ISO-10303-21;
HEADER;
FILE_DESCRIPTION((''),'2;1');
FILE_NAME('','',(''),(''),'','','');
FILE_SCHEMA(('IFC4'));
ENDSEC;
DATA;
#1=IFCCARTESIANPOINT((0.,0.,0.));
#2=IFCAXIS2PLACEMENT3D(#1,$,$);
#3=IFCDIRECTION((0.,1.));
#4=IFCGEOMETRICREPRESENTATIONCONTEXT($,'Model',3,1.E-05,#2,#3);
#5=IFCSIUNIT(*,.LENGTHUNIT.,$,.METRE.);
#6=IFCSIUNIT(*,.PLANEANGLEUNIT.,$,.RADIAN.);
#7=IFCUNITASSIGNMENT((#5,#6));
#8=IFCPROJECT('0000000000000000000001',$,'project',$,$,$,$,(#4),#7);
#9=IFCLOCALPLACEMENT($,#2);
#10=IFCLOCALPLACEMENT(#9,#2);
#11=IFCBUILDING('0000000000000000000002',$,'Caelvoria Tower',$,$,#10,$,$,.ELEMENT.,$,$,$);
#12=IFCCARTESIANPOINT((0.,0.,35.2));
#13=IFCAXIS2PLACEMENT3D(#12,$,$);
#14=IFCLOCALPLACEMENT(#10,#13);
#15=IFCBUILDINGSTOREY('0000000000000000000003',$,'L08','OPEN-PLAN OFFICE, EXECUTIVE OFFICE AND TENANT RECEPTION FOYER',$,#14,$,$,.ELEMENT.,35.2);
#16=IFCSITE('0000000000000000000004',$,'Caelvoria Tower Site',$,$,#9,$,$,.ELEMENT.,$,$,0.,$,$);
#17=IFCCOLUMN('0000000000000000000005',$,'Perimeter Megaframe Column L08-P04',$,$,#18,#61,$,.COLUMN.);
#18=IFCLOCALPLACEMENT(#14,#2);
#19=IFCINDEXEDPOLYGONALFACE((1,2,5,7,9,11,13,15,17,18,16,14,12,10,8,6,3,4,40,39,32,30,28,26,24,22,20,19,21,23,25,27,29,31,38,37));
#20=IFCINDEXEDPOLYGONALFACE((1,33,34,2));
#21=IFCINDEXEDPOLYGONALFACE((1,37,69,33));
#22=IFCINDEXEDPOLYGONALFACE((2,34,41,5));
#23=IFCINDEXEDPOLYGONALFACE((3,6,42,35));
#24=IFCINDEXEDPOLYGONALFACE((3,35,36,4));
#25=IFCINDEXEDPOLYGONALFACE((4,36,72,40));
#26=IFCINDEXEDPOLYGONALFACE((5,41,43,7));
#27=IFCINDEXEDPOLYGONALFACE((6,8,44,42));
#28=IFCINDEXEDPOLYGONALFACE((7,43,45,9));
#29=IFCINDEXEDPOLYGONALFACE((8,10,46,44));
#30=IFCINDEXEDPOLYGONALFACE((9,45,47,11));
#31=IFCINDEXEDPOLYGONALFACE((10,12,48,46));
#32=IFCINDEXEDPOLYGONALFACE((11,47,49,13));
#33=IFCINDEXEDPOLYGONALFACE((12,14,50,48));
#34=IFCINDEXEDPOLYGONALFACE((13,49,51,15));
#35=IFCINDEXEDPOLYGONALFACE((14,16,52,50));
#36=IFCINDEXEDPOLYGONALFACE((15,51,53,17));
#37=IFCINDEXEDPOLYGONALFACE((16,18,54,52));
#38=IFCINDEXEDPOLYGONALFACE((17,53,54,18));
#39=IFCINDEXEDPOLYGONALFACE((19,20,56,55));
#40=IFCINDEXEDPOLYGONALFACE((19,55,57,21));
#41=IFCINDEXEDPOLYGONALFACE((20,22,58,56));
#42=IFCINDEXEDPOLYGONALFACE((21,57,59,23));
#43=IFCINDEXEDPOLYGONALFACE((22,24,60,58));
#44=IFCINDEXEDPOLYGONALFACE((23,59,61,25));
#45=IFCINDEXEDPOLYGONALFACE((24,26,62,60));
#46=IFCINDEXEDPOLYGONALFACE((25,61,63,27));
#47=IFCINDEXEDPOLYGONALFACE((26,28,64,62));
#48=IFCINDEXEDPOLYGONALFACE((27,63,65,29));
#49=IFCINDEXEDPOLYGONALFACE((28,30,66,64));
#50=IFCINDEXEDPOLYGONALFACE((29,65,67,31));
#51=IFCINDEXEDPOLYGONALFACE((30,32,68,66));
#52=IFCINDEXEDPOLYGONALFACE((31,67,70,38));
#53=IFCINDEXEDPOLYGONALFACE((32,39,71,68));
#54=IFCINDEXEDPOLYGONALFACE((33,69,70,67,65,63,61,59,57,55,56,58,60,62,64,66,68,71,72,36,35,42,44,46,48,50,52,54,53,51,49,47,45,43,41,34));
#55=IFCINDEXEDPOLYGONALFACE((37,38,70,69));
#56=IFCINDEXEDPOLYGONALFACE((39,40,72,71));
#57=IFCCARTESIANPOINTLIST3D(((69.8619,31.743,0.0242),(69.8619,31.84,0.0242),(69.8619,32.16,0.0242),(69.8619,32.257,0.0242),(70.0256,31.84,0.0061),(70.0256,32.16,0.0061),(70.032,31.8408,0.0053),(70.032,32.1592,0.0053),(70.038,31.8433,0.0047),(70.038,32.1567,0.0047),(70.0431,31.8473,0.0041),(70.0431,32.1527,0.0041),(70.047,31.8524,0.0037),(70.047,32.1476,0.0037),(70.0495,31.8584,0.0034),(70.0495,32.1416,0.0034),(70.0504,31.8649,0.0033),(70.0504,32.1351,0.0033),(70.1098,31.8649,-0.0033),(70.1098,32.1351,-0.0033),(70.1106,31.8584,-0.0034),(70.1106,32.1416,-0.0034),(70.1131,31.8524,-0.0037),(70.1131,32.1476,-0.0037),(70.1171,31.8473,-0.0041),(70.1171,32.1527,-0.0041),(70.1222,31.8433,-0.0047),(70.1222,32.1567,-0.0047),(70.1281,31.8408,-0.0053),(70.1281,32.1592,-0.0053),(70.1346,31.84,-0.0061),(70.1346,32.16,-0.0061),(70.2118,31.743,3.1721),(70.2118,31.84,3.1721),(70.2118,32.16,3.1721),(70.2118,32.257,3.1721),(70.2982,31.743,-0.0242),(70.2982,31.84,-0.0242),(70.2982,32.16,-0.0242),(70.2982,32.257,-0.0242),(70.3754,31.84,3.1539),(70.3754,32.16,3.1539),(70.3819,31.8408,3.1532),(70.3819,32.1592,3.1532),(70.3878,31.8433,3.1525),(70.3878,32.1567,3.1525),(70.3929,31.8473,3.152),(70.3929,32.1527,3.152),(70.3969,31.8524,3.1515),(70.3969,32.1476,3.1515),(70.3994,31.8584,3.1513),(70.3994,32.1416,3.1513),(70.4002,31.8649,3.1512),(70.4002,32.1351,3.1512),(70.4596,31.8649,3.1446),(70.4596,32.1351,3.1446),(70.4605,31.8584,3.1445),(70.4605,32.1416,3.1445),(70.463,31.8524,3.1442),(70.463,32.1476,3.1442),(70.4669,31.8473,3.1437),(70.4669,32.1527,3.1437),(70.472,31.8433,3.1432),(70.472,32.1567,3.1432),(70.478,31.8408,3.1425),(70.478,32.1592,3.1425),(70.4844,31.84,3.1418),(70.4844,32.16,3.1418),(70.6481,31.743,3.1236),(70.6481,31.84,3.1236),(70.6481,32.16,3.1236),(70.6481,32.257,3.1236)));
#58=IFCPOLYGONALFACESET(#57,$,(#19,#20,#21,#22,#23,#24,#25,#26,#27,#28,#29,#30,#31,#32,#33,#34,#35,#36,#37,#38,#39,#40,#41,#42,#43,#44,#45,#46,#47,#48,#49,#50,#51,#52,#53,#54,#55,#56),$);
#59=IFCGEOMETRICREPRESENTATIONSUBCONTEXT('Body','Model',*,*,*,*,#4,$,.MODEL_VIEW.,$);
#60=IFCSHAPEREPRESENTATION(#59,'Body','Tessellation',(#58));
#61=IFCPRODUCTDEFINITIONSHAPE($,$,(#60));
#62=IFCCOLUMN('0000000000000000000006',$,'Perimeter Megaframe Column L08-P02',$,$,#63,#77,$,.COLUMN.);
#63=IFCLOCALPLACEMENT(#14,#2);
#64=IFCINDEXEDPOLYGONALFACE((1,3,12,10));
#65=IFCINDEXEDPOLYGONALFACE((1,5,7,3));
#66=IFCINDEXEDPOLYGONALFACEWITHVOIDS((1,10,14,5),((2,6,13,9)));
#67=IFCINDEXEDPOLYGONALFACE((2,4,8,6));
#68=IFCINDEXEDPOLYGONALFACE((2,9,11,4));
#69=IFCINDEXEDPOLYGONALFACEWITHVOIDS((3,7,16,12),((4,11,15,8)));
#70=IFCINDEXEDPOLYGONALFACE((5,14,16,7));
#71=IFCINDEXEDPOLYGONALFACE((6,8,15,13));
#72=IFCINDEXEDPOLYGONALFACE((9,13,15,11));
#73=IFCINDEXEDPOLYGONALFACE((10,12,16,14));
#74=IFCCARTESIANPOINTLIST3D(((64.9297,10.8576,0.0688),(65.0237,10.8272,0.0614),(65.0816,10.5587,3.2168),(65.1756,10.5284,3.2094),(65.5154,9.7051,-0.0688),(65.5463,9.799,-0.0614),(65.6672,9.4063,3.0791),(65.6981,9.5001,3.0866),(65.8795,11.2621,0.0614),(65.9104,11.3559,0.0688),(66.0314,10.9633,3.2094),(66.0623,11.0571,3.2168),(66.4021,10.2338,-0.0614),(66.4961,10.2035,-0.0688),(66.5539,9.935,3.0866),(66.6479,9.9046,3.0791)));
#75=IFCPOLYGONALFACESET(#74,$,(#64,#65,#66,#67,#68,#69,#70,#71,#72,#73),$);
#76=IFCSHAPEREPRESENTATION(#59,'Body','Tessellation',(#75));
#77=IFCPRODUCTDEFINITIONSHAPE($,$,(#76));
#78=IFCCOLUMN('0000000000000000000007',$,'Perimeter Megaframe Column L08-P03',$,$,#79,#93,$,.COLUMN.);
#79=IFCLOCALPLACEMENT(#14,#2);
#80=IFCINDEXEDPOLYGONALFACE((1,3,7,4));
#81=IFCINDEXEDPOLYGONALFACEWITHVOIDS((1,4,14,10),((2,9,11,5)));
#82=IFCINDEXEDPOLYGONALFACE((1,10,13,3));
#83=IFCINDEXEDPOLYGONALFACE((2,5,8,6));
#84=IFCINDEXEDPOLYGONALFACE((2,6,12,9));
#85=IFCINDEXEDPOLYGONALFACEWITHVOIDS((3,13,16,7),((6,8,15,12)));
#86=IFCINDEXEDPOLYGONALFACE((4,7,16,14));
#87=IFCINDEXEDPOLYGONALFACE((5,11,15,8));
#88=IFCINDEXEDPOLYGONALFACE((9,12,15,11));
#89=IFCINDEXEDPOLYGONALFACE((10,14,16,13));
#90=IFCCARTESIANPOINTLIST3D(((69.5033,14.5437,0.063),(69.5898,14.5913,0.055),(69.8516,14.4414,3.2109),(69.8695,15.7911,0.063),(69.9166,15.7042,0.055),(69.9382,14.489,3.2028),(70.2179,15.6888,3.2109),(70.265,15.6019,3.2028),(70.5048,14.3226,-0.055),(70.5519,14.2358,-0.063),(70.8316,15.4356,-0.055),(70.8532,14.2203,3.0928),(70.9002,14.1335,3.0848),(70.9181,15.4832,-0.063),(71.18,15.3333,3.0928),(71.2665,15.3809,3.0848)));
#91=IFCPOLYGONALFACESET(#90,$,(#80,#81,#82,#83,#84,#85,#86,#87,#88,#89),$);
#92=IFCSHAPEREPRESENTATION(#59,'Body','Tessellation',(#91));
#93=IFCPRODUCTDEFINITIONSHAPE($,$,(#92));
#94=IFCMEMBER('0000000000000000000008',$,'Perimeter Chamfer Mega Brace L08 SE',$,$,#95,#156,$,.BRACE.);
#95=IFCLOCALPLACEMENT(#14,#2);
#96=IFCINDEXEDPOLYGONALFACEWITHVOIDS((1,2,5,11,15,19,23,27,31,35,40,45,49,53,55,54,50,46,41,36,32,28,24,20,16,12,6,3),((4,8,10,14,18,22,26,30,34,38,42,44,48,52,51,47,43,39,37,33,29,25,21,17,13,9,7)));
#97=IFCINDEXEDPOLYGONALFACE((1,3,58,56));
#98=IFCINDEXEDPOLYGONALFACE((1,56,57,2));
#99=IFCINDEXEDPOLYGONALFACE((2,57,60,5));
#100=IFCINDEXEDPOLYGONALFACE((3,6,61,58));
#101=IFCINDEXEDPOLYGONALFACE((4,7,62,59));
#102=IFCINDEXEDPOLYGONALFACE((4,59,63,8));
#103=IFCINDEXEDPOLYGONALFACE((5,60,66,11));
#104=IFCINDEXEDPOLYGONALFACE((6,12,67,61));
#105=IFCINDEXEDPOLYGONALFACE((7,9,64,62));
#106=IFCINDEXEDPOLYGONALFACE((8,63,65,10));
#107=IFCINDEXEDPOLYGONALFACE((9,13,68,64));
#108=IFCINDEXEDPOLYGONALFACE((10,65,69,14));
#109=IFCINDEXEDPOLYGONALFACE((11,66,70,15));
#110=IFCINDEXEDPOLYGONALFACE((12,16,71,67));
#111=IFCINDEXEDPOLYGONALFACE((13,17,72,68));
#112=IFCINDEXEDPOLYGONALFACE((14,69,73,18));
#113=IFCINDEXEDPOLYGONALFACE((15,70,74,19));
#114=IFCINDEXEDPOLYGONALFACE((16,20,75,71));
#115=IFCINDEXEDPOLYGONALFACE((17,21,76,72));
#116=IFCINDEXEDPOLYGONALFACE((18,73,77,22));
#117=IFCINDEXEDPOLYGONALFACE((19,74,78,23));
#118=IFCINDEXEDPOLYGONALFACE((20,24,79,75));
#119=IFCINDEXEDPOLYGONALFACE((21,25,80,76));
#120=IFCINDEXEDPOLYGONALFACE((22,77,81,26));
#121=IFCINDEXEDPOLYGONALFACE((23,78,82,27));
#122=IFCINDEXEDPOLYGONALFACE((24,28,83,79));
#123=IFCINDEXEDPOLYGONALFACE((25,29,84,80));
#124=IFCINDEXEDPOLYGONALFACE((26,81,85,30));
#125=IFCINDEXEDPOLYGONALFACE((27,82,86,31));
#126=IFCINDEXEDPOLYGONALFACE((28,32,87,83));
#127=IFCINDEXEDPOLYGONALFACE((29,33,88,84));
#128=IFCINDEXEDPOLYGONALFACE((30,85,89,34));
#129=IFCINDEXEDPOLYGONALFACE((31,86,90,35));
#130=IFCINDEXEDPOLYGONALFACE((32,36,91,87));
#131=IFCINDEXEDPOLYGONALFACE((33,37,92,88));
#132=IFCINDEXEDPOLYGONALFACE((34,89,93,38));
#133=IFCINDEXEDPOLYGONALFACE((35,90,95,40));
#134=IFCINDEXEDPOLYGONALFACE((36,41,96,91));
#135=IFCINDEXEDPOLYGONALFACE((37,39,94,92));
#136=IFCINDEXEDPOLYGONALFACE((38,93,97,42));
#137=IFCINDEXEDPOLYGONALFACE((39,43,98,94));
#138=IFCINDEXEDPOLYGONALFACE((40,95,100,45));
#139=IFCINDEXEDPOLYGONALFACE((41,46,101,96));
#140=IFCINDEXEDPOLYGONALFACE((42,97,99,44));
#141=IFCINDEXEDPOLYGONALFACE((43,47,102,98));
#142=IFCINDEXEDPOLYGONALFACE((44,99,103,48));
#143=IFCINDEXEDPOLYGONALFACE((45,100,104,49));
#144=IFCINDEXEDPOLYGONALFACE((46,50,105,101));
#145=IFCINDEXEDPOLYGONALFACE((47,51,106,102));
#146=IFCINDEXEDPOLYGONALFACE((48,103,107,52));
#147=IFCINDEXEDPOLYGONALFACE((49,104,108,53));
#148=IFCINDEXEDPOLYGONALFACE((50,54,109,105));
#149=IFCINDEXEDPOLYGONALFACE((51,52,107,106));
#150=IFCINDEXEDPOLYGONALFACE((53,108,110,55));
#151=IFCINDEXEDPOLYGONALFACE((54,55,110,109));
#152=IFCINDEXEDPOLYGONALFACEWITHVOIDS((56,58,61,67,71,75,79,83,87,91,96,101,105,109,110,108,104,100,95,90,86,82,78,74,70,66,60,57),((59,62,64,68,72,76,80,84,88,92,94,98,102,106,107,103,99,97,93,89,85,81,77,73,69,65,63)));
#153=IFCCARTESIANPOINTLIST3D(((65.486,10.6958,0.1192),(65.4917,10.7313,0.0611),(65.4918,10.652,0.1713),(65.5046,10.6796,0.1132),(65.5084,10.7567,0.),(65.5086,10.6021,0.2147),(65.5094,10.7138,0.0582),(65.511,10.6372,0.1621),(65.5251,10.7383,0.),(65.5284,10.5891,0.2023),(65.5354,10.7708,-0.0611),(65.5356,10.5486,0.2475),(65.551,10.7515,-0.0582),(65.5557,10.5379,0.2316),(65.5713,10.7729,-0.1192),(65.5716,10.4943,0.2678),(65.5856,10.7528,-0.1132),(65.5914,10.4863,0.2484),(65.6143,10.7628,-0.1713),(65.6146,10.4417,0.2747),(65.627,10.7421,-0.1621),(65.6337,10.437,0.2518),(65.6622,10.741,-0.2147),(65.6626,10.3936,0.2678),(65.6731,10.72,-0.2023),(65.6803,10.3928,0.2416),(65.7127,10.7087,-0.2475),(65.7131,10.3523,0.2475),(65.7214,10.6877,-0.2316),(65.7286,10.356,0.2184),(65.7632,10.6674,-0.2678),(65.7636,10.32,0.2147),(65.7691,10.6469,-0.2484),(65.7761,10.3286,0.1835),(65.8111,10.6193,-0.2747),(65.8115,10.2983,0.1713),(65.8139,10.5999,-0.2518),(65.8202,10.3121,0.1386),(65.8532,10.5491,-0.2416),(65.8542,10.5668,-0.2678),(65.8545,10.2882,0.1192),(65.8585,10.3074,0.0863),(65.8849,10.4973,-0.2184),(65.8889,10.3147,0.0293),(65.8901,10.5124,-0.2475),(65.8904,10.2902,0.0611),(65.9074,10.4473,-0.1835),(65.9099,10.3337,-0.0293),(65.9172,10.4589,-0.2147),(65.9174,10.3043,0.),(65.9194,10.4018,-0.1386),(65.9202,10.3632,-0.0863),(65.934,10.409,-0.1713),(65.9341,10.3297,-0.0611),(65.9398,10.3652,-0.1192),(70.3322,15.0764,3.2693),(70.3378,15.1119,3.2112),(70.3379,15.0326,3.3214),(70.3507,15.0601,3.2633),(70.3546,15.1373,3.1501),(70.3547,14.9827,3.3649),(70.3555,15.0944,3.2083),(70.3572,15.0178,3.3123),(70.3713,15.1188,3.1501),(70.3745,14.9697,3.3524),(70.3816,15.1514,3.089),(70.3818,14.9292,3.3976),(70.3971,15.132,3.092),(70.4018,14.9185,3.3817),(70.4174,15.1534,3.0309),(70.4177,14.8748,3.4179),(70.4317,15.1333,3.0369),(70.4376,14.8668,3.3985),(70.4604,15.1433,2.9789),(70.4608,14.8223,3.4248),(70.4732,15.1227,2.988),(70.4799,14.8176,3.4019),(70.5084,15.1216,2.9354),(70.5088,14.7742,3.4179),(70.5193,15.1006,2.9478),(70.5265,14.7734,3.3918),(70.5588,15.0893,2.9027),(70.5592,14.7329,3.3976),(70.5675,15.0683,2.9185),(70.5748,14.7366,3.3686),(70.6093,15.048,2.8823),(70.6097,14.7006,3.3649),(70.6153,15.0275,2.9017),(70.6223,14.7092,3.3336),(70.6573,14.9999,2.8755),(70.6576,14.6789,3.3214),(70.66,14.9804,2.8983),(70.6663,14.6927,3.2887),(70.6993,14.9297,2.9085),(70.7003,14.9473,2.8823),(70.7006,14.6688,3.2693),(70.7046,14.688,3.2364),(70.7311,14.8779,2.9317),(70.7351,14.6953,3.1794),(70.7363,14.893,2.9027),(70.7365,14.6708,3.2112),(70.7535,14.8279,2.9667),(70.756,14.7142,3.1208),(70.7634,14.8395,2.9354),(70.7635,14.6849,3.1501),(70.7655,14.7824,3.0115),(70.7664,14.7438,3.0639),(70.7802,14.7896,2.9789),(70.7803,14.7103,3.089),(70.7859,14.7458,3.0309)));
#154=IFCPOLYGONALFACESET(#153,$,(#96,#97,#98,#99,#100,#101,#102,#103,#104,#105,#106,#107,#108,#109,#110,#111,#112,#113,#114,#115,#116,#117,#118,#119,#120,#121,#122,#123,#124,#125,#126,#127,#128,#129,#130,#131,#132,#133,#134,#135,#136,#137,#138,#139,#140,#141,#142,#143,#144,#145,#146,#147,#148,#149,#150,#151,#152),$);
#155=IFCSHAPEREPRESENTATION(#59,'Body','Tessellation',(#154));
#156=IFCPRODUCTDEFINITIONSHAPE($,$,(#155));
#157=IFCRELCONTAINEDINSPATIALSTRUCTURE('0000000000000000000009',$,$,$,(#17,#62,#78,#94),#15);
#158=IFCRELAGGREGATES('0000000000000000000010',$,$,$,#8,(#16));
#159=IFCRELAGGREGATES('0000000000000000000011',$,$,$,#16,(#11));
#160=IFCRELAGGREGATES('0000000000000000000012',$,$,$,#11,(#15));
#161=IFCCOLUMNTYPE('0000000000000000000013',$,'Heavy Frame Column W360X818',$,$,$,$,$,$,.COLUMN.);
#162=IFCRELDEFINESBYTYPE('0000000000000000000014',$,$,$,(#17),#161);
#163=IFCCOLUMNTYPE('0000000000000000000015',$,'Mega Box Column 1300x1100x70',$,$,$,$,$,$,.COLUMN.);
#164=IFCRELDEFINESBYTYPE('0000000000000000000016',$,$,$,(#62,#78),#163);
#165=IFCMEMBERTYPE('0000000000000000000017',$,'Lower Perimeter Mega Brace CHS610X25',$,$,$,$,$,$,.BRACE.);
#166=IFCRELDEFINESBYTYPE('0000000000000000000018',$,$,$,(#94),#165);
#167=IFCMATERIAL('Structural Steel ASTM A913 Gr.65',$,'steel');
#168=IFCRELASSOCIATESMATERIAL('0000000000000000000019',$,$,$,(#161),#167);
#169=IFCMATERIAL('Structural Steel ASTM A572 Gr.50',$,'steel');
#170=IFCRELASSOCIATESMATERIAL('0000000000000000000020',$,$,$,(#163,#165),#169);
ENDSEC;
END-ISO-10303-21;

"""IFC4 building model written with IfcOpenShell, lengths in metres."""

from ifc_helpers import new_model, si_unit, direction, frame, origin, origin_2d, place, context, subcontext, project, spatial, hollow_rectangle, hollow_circle, i_section, extrude, material, material_profile, profile_set, type_object, element, save


model = new_model("IFC4")

# Units and contexts
model_context = context("Model", 3, precision=1e-05, world=origin(), true_north=direction((0.0, 1.0)))
body_context = subcontext(model_context, "Body", "Model", "MODEL_VIEW")
ifc_project = project(units=[si_unit("LENGTHUNIT", "METRE"), si_unit("PLANEANGLEUNIT", "RADIAN")], contexts=[model_context])

# Site, building, storey
site_placement = place(None, origin())
site = spatial("IfcSite", under=ifc_project, at=site_placement, Name="Caelvoria Tower Site", CompositionType="ELEMENT", RefElevation=0.0)
building_placement = place(site_placement, origin())
building = spatial("IfcBuilding", under=site, at=building_placement, Name="Caelvoria Tower", CompositionType="ELEMENT")
storey_placement = place(building_placement, frame((0.0, 0.0, 35.2)))
storey = spatial("IfcBuildingStorey", under=building, at=storey_placement, Name="L08", Description="OPEN-PLAN OFFICE, EXECUTIVE OFFICE AND TENANT RECEPTION FOYER", CompositionType="ELEMENT", Elevation=35.2)

# Columns
ifc_material_1 = material(Name="Structural Steel ASTM A913 Gr.65", Category="steel")
ifc_material_profile_1 = material_profile(ifc_material_1, i_section(OverallWidth=0.439, OverallDepth=0.5139, WebThickness=0.0598, FlangeThickness=0.0969, FilletRadius=0.0249, at=origin_2d()), Name="Structural Steel ASTM A913 Gr.65")
ifc_profile_set_1 = profile_set([ifc_material_profile_1], Name="W360X818 - Structural Steel ASTM A913 Gr.65")
column_type_1 = type_object("IfcColumnType", Name="Heavy Frame Column W360X818", PredefinedType="COLUMN", material=ifc_profile_set_1)
column_1_placement = place(storey_placement, frame((70.0801, 32.0, 0.0), z_axis=(0.110457, 0.0, 0.993881), x_axis=(-0.993881, 0.0, 0.110457)))
element("IfcColumn", 1, at=column_1_placement, inside=storey, type_object=column_type_1, Name="Perimeter Megaframe Column L08-P04", PredefinedType="COLUMN", context=body_context, shape_type="SweptSolid", body=[
    extrude(i_section(OverallWidth=0.439, OverallDepth=0.5139, WebThickness=0.0598, FlangeThickness=0.0969, FilletRadius=0.0249, at=origin_2d()), origin(), (0.0, 0.0, 1.0), 3.1672),
])
ifc_material_2 = material(Name="Structural Steel ASTM A572 Gr.50", Category="steel")
ifc_material_profile_2 = material_profile(ifc_material_2, hollow_rectangle(XDim=1.1001, YDim=1.3, WallThickness=0.0701, at=origin_2d()), Name="Structural Steel ASTM A572 Gr.50")
ifc_profile_set_2 = profile_set([ifc_material_profile_2], Name="BOX1300X1100X70 - Structural Steel ASTM A572 Gr.50")
column_type_2 = type_object("IfcColumnType", Name="Mega Box Column 1300x1100x70", PredefinedType="COLUMN", material=ifc_profile_set_2)
column_2_placement = place(storey_placement, frame((65.7129, 10.5305, 0.0), z_axis=(0.047968, -0.094394, 0.994379), x_axis=(0.891495, 0.453031, 0.0)))
element("IfcColumn", 2, at=column_2_placement, inside=storey, type_object=column_type_2, Name="Perimeter Megaframe Column L08-P02", PredefinedType="COLUMN", context=body_context, shape_type="SweptSolid", body=[
    extrude(hollow_rectangle(XDim=1.1001, YDim=1.3, WallThickness=0.0701, at=origin_2d()), origin(), (0.0, 0.0, 1.0), 3.1658),
])
column_3_placement = place(storey_placement, frame((70.2107, 15.0134, 0.0), z_axis=(0.109943, -0.032282, 0.993414), x_axis=(-0.953174, 0.279874, 0.114584)))
element("IfcColumn", 3, at=column_3_placement, inside=storey, type_object=column_type_2, Name="Perimeter Megaframe Column L08-P03", PredefinedType="COLUMN", context=body_context, shape_type="SweptSolid", body=[
    extrude(hollow_rectangle(XDim=1.1001, YDim=1.3, WallThickness=0.0701, at=origin_2d()), origin(), (0.0, 0.0, 1.0), 3.1687),
])

# Member
ifc_material_profile_3 = material_profile(ifc_material_2, hollow_circle(Radius=0.3049, WallThickness=0.0249, at=origin_2d()), Name="Structural Steel ASTM A572 Gr.50")
ifc_profile_set_3 = profile_set([ifc_material_profile_3], Name="CHS610X25 - Structural Steel ASTM A572 Gr.50")
member_type = type_object("IfcMemberType", Name="Lower Perimeter Mega Brace CHS610X25", PredefinedType="BRACE", material=ifc_profile_set_3)
member_placement = place(storey_placement, frame((65.7129, 10.5305, 0.0), z_axis=(0.66821, 0.604014, 0.434353), x_axis=(-0.670574, 0.741843, 0.0)))
element("IfcMember", 4, at=member_placement, inside=storey, type_object=member_type, Name="Perimeter Chamfer Mega Brace L08 SE", PredefinedType="BRACE", context=body_context, shape_type="SweptSolid", body=[
    extrude(hollow_circle(Radius=0.3049, WallThickness=0.0249, at=origin_2d()), origin(), (0.0, 0.0, 1.0), 7.2524),
])

save(model, "model.ifc")
